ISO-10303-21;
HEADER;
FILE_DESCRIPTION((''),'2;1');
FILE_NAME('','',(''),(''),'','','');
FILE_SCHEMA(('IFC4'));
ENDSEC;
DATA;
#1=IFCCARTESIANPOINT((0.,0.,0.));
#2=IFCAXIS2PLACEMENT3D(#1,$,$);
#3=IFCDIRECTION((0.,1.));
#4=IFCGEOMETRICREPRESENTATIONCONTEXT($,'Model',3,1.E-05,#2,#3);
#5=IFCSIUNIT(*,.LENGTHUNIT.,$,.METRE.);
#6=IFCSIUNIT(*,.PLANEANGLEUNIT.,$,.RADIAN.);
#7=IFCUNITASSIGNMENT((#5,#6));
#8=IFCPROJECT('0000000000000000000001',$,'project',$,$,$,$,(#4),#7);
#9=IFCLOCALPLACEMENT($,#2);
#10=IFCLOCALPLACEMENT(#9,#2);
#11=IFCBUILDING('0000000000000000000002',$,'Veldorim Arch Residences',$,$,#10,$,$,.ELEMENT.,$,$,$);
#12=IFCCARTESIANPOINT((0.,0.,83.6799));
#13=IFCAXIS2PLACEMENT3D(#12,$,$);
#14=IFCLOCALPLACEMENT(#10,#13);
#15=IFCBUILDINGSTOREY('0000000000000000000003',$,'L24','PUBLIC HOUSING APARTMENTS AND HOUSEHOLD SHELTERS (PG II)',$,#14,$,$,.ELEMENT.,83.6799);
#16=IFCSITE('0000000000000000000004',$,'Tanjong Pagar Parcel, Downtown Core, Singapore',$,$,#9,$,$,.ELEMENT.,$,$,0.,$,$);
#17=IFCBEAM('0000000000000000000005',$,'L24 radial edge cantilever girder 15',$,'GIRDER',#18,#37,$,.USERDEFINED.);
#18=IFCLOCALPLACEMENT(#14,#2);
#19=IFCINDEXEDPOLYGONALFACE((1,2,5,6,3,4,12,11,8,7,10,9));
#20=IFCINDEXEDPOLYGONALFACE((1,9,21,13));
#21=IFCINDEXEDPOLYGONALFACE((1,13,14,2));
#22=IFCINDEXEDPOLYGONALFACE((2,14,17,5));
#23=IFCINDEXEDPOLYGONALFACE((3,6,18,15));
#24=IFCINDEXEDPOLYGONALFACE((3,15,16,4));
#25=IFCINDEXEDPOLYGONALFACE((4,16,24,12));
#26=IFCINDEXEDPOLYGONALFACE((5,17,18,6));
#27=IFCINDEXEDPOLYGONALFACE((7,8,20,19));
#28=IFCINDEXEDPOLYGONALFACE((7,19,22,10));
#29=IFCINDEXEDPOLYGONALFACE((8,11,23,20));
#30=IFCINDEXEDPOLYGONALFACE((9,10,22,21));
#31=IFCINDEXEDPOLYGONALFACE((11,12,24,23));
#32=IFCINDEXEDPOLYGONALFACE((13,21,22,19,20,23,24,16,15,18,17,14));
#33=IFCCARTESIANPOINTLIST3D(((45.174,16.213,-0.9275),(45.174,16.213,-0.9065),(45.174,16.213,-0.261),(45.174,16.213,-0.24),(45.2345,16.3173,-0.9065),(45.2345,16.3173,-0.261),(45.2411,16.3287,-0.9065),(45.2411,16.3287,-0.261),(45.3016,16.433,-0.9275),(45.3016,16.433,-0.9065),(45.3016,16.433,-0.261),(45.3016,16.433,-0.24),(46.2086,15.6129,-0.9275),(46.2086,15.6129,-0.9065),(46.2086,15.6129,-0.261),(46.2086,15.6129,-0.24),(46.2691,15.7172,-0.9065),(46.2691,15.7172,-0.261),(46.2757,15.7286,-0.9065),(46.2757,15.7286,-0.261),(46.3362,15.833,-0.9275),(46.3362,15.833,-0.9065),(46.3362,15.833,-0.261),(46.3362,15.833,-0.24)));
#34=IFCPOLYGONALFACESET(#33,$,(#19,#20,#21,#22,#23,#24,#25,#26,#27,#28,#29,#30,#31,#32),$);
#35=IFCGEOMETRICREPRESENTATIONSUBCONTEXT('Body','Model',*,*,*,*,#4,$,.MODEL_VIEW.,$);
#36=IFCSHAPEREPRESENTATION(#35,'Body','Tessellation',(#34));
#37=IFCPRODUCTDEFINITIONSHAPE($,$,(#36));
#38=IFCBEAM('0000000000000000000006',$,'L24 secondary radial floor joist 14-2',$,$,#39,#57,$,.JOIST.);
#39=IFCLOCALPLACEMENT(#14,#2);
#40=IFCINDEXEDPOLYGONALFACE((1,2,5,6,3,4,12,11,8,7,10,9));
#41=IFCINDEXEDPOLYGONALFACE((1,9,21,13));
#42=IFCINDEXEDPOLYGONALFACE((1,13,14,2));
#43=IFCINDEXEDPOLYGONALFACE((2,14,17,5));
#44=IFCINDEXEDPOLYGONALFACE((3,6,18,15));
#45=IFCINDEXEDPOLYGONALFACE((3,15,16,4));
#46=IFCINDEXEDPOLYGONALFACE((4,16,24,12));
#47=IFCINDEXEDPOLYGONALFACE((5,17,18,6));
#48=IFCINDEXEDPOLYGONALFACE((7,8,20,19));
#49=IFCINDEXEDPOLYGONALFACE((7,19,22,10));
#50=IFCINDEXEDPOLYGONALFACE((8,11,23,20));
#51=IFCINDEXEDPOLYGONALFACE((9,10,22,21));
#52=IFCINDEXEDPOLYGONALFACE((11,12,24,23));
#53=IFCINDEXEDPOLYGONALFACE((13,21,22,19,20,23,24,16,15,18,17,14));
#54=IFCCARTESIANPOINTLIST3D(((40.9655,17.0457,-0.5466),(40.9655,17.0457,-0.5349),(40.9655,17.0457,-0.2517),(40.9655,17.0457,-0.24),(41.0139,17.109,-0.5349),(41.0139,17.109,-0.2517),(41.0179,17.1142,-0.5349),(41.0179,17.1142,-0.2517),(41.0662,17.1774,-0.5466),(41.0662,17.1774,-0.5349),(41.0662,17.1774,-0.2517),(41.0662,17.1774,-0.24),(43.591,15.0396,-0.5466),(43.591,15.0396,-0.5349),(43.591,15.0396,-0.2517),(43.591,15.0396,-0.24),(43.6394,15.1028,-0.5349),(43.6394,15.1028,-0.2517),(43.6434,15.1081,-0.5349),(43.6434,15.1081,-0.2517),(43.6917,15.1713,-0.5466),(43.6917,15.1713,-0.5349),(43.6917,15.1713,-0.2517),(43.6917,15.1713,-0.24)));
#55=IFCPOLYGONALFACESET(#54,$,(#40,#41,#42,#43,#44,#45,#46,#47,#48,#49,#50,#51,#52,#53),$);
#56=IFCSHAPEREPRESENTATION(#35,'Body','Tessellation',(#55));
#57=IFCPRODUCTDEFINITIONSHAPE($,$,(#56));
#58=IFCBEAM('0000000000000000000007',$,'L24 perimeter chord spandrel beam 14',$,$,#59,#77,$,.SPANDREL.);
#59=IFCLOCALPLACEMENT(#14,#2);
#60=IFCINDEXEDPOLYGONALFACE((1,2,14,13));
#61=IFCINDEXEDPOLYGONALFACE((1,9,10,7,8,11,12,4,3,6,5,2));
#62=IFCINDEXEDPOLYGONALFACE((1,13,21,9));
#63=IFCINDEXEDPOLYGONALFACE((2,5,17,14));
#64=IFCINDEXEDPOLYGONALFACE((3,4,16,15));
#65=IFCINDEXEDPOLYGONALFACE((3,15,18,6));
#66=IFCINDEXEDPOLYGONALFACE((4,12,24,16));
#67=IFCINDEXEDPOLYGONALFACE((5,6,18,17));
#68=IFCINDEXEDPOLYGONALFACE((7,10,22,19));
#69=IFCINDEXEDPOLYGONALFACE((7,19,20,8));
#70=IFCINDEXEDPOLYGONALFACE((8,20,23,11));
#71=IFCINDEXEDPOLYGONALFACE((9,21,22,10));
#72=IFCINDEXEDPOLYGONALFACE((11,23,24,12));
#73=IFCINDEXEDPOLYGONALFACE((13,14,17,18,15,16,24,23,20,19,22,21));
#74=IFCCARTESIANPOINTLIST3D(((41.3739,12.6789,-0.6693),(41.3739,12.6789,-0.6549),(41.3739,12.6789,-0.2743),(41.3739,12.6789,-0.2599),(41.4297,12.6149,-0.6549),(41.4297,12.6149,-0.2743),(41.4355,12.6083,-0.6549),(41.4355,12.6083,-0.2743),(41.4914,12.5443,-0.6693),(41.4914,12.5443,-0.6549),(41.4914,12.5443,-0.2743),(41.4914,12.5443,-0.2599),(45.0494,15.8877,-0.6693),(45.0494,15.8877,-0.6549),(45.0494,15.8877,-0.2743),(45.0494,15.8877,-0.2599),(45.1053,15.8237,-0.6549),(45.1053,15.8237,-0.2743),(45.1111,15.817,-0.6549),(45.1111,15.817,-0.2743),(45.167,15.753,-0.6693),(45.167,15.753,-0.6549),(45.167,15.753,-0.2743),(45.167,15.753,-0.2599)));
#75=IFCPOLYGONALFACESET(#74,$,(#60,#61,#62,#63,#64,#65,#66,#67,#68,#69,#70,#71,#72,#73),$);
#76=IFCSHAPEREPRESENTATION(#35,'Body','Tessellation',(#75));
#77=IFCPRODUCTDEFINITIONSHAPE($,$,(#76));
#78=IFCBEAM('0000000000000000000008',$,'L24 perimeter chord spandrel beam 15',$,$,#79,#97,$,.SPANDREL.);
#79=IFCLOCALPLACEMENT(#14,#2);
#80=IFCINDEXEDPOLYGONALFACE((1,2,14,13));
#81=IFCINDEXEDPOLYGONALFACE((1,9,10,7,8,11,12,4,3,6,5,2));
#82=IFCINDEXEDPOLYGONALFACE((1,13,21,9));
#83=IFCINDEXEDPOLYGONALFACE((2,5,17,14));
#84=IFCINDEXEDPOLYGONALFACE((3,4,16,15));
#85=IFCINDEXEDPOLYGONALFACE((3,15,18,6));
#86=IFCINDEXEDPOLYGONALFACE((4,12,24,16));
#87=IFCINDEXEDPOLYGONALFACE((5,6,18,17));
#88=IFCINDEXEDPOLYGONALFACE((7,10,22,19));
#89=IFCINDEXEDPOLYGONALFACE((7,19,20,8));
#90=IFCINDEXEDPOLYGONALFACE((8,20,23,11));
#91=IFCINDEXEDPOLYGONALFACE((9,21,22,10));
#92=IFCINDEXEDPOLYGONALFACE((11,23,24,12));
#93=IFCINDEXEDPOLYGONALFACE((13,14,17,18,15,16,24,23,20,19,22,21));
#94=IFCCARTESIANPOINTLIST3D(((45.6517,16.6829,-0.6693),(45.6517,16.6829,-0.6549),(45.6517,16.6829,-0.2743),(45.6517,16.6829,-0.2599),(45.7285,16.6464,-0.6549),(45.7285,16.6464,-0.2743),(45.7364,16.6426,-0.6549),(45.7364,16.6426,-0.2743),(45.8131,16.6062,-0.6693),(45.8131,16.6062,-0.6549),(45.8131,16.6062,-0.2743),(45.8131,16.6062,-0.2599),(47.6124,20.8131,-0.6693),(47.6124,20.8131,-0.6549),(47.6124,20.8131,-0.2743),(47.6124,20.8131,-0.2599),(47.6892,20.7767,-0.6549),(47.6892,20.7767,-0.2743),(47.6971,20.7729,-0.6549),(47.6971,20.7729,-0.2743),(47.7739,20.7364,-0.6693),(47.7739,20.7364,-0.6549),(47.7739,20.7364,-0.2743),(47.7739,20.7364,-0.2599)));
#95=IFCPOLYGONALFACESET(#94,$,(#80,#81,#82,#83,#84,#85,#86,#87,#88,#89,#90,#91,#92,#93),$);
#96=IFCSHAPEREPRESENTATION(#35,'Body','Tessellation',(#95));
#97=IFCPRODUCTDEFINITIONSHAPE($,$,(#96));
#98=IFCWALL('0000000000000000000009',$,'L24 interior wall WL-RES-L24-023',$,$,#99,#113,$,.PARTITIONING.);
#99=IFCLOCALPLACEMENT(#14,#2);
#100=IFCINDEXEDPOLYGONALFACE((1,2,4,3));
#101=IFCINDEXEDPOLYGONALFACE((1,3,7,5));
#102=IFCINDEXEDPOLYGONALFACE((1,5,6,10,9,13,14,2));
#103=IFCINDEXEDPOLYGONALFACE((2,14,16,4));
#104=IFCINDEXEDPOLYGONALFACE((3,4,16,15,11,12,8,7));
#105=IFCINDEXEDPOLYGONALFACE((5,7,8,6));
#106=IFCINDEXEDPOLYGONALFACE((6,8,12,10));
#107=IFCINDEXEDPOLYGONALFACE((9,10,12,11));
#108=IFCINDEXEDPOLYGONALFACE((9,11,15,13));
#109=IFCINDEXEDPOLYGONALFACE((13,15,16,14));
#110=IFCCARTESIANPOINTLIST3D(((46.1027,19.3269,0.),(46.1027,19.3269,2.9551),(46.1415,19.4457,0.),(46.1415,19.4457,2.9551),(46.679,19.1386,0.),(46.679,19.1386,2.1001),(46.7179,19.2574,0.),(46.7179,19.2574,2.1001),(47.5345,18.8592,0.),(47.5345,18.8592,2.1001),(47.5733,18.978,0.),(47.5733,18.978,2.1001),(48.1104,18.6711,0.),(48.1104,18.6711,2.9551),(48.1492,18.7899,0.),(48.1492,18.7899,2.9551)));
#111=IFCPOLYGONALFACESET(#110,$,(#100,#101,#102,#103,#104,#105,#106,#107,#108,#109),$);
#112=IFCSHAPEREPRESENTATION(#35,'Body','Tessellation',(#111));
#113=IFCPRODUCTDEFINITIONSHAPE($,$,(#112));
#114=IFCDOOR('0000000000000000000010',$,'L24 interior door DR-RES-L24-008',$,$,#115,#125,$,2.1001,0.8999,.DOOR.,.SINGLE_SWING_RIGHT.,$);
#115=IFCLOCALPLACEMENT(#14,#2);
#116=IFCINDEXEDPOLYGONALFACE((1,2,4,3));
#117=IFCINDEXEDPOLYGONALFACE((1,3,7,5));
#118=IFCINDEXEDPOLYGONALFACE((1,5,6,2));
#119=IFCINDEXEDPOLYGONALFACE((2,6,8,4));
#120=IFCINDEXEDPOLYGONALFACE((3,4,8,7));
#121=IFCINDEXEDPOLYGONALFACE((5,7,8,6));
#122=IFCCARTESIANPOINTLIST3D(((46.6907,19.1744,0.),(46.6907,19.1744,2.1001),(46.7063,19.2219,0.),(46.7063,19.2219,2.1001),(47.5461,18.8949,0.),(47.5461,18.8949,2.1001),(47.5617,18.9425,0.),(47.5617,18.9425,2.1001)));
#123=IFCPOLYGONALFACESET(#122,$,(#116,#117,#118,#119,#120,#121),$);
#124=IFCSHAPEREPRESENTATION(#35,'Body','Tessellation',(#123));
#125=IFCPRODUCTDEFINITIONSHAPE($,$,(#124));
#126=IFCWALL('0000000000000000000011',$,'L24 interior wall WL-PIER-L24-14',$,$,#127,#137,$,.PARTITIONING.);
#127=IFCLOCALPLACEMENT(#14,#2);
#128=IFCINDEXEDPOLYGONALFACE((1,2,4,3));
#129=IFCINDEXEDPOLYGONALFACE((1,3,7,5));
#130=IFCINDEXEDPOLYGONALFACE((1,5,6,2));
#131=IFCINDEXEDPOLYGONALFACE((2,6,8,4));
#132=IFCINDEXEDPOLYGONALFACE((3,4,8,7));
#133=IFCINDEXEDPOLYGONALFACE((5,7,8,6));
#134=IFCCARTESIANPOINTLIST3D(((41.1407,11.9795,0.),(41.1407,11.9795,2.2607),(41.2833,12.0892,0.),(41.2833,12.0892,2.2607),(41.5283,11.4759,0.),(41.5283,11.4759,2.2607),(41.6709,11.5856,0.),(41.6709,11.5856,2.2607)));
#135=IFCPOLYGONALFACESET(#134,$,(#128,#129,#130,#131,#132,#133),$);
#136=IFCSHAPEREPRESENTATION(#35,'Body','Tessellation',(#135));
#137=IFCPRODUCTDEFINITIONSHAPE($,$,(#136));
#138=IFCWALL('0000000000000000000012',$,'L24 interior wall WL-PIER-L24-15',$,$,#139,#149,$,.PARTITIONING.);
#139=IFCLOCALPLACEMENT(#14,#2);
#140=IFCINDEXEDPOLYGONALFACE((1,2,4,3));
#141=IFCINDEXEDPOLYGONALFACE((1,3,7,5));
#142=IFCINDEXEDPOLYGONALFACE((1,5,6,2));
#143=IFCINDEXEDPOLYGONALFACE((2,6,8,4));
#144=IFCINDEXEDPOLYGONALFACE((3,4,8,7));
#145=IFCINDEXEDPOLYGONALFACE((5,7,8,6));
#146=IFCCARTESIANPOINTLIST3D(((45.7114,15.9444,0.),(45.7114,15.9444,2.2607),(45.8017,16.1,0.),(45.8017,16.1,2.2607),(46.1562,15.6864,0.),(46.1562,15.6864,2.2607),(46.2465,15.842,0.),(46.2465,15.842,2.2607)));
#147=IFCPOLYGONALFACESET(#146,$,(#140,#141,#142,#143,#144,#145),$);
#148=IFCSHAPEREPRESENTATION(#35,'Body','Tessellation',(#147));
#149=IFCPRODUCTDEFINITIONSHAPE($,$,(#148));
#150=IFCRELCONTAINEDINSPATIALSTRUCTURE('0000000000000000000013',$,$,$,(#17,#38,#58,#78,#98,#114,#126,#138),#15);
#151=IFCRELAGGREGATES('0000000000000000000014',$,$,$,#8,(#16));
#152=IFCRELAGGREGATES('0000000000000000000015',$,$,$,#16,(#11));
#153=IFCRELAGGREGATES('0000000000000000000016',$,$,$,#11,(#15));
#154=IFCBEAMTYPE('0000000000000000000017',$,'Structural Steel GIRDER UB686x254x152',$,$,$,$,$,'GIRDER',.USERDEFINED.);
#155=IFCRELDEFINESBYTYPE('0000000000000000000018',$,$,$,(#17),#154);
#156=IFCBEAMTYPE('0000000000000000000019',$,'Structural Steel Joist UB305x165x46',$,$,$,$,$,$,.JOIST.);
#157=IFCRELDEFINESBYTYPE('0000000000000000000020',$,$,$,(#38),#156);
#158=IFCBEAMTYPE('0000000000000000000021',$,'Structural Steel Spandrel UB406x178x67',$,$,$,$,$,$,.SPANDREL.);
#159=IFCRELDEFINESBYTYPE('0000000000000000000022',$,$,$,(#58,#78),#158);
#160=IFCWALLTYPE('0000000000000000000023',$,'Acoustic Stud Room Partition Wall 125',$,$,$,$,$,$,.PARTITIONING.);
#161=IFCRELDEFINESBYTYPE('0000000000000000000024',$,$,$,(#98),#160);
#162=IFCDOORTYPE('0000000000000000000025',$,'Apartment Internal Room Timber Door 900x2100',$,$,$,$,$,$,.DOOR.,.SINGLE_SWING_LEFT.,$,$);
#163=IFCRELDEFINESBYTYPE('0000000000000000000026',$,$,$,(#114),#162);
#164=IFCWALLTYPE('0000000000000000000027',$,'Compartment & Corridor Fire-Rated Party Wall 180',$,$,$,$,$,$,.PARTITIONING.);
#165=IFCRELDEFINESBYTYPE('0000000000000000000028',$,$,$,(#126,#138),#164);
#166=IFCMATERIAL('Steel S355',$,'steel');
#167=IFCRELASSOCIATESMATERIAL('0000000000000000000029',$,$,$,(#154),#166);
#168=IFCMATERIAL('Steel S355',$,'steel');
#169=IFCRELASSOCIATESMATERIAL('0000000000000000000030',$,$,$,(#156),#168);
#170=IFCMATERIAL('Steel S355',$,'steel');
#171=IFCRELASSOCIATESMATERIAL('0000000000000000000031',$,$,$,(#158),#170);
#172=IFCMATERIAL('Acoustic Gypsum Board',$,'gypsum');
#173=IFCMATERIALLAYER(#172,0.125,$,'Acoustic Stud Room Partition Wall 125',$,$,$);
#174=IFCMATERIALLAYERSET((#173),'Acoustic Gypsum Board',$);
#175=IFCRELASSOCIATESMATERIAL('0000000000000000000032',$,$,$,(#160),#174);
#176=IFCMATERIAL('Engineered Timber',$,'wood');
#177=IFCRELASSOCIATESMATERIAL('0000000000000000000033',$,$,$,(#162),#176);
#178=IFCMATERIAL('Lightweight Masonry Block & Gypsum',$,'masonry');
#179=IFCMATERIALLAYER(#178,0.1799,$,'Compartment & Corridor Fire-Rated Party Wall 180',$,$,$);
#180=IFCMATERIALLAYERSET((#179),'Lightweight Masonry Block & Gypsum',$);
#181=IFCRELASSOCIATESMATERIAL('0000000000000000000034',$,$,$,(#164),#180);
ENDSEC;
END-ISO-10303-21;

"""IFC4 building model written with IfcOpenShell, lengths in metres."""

from ifc_helpers import new_model, si_unit, direction, frame, frame_2d, origin, origin_2d, place, context, subcontext, project, spatial, rectangle, i_section, extrude, material, layer, layer_set, material_profile, profile_set, type_object, element, fill, save


model = new_model("IFC4")

# Units and contexts
model_context = context("Model", 3, precision=1e-05, world=origin(), true_north=direction((0.0, 1.0)))
body_context = subcontext(model_context, "Body", "Model", "MODEL_VIEW")
ifc_project = project(units=[si_unit("LENGTHUNIT", "METRE"), si_unit("PLANEANGLEUNIT", "RADIAN")], contexts=[model_context])

# Site, building, storey
site_placement = place(None, origin())
site = spatial("IfcSite", under=ifc_project, at=site_placement, Name="Tanjong Pagar Parcel, Downtown Core, Singapore", CompositionType="ELEMENT", RefElevation=0.0)
building_placement = place(site_placement, origin())
building = spatial("IfcBuilding", under=site, at=building_placement, Name="Veldorim Arch Residences", CompositionType="ELEMENT")
storey_placement = place(building_placement, frame((0.0, 0.0, 83.6799)))
storey = spatial("IfcBuildingStorey", under=building, at=storey_placement, Name="L24", Description="PUBLIC HOUSING APARTMENTS AND HOUSEHOLD SHELTERS (PG II)", CompositionType="ELEMENT", Elevation=83.6799)

# Beams
ifc_material_1 = material(Name="Steel S355", Category="steel")
ifc_material_profile_1 = material_profile(ifc_material_1, i_section(OverallWidth=0.2544, OverallDepth=0.6875, WebThickness=0.0132, FlangeThickness=0.021, at=origin_2d()), Name="UB686x254x152")
ifc_profile_set_1 = profile_set([ifc_material_profile_1], Name="Steel S355")
beam_type_1 = type_object("IfcBeamType", Name="Structural Steel GIRDER UB686x254x152", ElementType="GIRDER", PredefinedType="USERDEFINED", material=ifc_profile_set_1)
beam_1_placement = place(storey_placement, frame((45.2378, 16.323, -0.5837), z_axis=(0.865035, -0.501712, 0.0), x_axis=(0.501712, 0.865035, 0.0)))
element("IfcBeam", 1, at=beam_1_placement, inside=storey, type_object=beam_type_1, Name="L24 radial edge cantilever girder 15", ObjectType="GIRDER", PredefinedType="USERDEFINED", context=body_context, shape_type="SweptSolid", body=[
    extrude(i_section(OverallWidth=0.2544, OverallDepth=0.6875, WebThickness=0.0132, FlangeThickness=0.021, at=origin_2d()), origin(), (0.0, 0.0, 1.0), 1.196),
])
ifc_material_2 = material(Name="Steel S355", Category="steel")
ifc_material_profile_2 = material_profile(ifc_material_2, i_section(OverallWidth=0.1658, OverallDepth=0.3066, WebThickness=0.0066, FlangeThickness=0.0117, at=origin_2d()), Name="UB305x165x46")
ifc_profile_set_2 = profile_set([ifc_material_profile_2], Name="Steel S355")
beam_type_2 = type_object("IfcBeamType", Name="Structural Steel Joist UB305x165x46", PredefinedType="JOIST", material=ifc_profile_set_2)
beam_2_placement = place(storey_placement, frame((41.0159, 17.1116, -0.3933), z_axis=(0.794595, -0.60714, 0.0), x_axis=(0.60714, 0.794595, 0.0)))
element("IfcBeam", 2, at=beam_2_placement, inside=storey, type_object=beam_type_2, Name="L24 secondary radial floor joist 14-2", PredefinedType="JOIST", context=body_context, shape_type="SweptSolid", body=[
    extrude(i_section(OverallWidth=0.1658, OverallDepth=0.3066, WebThickness=0.0066, FlangeThickness=0.0117, at=origin_2d()), origin(), (0.0, 0.0, 1.0), 3.3042),
])
ifc_material_3 = material(Name="Steel S355", Category="steel")
ifc_material_profile_3 = material_profile(ifc_material_3, i_section(OverallWidth=0.1787, OverallDepth=0.4094, WebThickness=0.0088, FlangeThickness=0.0144, at=origin_2d()), Name="UB406x178x67")
ifc_profile_set_3 = profile_set([ifc_material_profile_3], Name="Steel S355")
beam_type_3 = type_object("IfcBeamType", Name="Structural Steel Spandrel UB406x178x67", PredefinedType="SPANDREL", material=ifc_profile_set_3)
beam_3_placement = place(storey_placement, frame((41.4326, 12.6116, -0.4646), z_axis=(0.753323, 0.65765, 0.0), x_axis=(-0.65765, 0.753323, 0.0)))
element("IfcBeam", 3, at=beam_3_placement, inside=storey, type_object=beam_type_3, Name="L24 perimeter chord spandrel beam 14", PredefinedType="SPANDREL", context=body_context, shape_type="SweptSolid", body=[
    extrude(i_section(OverallWidth=0.1787, OverallDepth=0.4094, WebThickness=0.0088, FlangeThickness=0.0144, at=origin_2d()), origin(), (0.0, 0.0, 1.0), 4.8792),
])
beam_4_placement = place(storey_placement, frame((45.7324, 16.6445, -0.4646), z_axis=(0.428857, 0.903372, 0.0), x_axis=(-0.903372, 0.428857, 0.0)))
element("IfcBeam", 4, at=beam_4_placement, inside=storey, type_object=beam_type_3, Name="L24 perimeter chord spandrel beam 15", PredefinedType="SPANDREL", context=body_context, shape_type="SweptSolid", body=[
    extrude(i_section(OverallWidth=0.1787, OverallDepth=0.4094, WebThickness=0.0088, FlangeThickness=0.0144, at=origin_2d()), origin(), (0.0, 0.0, 1.0), 4.572),
])

# Wall, opening, door
ifc_material_4 = material(Name="Acoustic Gypsum Board", Category="gypsum")
ifc_layer_1 = layer(ifc_material_4, 0.125, Name="Acoustic Stud Room Partition Wall 125")
ifc_layer_set_1 = layer_set([ifc_layer_1], Name="Acoustic Gypsum Board")
wall_type_1 = type_object("IfcWallType", Name="Acoustic Stud Room Partition Wall 125", PredefinedType="PARTITIONING", material=ifc_layer_set_1)
wall_1_placement = place(storey_placement, frame((48.1299, 18.7305, 0.0), z_axis=(0.0, 0.0, 1.0), x_axis=(-0.950573, 0.3105, 0.0)))
wall_1 = element("IfcWall", 5, at=wall_1_placement, inside=storey, type_object=wall_type_1, Name="L24 interior wall WL-RES-L24-023", PredefinedType="PARTITIONING", context=body_context, shape_type="SweptSolid", body=[
    extrude(rectangle(XDim=2.1121, YDim=0.125, at=frame_2d((1.0562, 0.0))), origin(), (0.0, 0.0, 1.0), 2.9551),
])
opening_1_placement = place(wall_1_placement, frame((0.606, 0.0, 0.0)))
opening_1 = element("IfcOpeningElement", 6, at=opening_1_placement, cuts=wall_1, PredefinedType="OPENING", context=body_context, shape_type="SweptSolid", body=[
    extrude(rectangle(XDim=0.8999, YDim=2.1001, at=frame_2d((0.45, 1.05))), frame((0.0, 0.0725, 0.0), z_axis=(0.0, -1.0, 0.0), x_axis=(1.0, 0.0, 0.0)), (0.0, 0.0, 1.0), 0.145),
])
ifc_material_5 = material(Name="Engineered Timber", Category="wood")
door_type_1 = type_object("IfcDoorType", Name="Apartment Internal Room Timber Door 900x2100", OperationType="SINGLE_SWING_LEFT", PredefinedType="DOOR", material=ifc_material_5)
door_1_placement = place(opening_1_placement, origin())
door_1 = element("IfcDoor", 7, at=door_1_placement, inside=storey, type_object=door_type_1, Name="L24 interior door DR-RES-L24-008", OperationType="SINGLE_SWING_RIGHT", OverallHeight=2.1001, OverallWidth=0.8999, PredefinedType="DOOR", context=body_context, shape_type="SweptSolid", body=[
    extrude(rectangle(XDim=0.8999, YDim=2.1001, at=frame_2d((0.45, 1.05))), frame((0.0, 0.0249, 0.0), z_axis=(0.0, -1.0, 0.0), x_axis=(1.0, 0.0, 0.0)), (0.0, 0.0, 1.0), 0.05),
])
fill(opening_1, door_1)

# Walls
ifc_material_6 = material(Name="Lightweight Masonry Block & Gypsum", Category="masonry")
ifc_layer_2 = layer(ifc_material_6, 0.1799, Name="Compartment & Corridor Fire-Rated Party Wall 180")
ifc_layer_set_2 = layer_set([ifc_layer_2], Name="Lightweight Masonry Block & Gypsum")
wall_type_2 = type_object("IfcWallType", Name="Compartment & Corridor Fire-Rated Party Wall 180", PredefinedType="PARTITIONING", material=ifc_layer_set_2)
wall_2_placement = place(storey_placement, frame((41.2119, 12.0344, 0.0), z_axis=(0.0, 0.0, 1.0), x_axis=(0.609971, -0.792424, 0.0)))
element("IfcWall", 8, at=wall_2_placement, inside=storey, type_object=wall_type_2, Name="L24 interior wall WL-PIER-L24-14", PredefinedType="PARTITIONING", context=body_context, shape_type="SweptSolid", body=[
    extrude(rectangle(XDim=0.6355, YDim=0.1799, at=frame_2d((0.3179, 0.0))), origin(), (0.0, 0.0, 1.0), 2.2607),
])
wall_3_placement = place(storey_placement, frame((45.7566, 16.0222, 0.0), z_axis=(0.0, 0.0, 1.0), x_axis=(0.864982, -0.501803, 0.0)))
element("IfcWall", 9, at=wall_3_placement, inside=storey, type_object=wall_type_2, Name="L24 interior wall WL-PIER-L24-15", PredefinedType="PARTITIONING", context=body_context, shape_type="SweptSolid", body=[
    extrude(rectangle(XDim=0.5142, YDim=0.1799, at=frame_2d((0.2571, 0.0))), origin(), (0.0, 0.0, 1.0), 2.2607),
])

save(model, "model.ifc")
